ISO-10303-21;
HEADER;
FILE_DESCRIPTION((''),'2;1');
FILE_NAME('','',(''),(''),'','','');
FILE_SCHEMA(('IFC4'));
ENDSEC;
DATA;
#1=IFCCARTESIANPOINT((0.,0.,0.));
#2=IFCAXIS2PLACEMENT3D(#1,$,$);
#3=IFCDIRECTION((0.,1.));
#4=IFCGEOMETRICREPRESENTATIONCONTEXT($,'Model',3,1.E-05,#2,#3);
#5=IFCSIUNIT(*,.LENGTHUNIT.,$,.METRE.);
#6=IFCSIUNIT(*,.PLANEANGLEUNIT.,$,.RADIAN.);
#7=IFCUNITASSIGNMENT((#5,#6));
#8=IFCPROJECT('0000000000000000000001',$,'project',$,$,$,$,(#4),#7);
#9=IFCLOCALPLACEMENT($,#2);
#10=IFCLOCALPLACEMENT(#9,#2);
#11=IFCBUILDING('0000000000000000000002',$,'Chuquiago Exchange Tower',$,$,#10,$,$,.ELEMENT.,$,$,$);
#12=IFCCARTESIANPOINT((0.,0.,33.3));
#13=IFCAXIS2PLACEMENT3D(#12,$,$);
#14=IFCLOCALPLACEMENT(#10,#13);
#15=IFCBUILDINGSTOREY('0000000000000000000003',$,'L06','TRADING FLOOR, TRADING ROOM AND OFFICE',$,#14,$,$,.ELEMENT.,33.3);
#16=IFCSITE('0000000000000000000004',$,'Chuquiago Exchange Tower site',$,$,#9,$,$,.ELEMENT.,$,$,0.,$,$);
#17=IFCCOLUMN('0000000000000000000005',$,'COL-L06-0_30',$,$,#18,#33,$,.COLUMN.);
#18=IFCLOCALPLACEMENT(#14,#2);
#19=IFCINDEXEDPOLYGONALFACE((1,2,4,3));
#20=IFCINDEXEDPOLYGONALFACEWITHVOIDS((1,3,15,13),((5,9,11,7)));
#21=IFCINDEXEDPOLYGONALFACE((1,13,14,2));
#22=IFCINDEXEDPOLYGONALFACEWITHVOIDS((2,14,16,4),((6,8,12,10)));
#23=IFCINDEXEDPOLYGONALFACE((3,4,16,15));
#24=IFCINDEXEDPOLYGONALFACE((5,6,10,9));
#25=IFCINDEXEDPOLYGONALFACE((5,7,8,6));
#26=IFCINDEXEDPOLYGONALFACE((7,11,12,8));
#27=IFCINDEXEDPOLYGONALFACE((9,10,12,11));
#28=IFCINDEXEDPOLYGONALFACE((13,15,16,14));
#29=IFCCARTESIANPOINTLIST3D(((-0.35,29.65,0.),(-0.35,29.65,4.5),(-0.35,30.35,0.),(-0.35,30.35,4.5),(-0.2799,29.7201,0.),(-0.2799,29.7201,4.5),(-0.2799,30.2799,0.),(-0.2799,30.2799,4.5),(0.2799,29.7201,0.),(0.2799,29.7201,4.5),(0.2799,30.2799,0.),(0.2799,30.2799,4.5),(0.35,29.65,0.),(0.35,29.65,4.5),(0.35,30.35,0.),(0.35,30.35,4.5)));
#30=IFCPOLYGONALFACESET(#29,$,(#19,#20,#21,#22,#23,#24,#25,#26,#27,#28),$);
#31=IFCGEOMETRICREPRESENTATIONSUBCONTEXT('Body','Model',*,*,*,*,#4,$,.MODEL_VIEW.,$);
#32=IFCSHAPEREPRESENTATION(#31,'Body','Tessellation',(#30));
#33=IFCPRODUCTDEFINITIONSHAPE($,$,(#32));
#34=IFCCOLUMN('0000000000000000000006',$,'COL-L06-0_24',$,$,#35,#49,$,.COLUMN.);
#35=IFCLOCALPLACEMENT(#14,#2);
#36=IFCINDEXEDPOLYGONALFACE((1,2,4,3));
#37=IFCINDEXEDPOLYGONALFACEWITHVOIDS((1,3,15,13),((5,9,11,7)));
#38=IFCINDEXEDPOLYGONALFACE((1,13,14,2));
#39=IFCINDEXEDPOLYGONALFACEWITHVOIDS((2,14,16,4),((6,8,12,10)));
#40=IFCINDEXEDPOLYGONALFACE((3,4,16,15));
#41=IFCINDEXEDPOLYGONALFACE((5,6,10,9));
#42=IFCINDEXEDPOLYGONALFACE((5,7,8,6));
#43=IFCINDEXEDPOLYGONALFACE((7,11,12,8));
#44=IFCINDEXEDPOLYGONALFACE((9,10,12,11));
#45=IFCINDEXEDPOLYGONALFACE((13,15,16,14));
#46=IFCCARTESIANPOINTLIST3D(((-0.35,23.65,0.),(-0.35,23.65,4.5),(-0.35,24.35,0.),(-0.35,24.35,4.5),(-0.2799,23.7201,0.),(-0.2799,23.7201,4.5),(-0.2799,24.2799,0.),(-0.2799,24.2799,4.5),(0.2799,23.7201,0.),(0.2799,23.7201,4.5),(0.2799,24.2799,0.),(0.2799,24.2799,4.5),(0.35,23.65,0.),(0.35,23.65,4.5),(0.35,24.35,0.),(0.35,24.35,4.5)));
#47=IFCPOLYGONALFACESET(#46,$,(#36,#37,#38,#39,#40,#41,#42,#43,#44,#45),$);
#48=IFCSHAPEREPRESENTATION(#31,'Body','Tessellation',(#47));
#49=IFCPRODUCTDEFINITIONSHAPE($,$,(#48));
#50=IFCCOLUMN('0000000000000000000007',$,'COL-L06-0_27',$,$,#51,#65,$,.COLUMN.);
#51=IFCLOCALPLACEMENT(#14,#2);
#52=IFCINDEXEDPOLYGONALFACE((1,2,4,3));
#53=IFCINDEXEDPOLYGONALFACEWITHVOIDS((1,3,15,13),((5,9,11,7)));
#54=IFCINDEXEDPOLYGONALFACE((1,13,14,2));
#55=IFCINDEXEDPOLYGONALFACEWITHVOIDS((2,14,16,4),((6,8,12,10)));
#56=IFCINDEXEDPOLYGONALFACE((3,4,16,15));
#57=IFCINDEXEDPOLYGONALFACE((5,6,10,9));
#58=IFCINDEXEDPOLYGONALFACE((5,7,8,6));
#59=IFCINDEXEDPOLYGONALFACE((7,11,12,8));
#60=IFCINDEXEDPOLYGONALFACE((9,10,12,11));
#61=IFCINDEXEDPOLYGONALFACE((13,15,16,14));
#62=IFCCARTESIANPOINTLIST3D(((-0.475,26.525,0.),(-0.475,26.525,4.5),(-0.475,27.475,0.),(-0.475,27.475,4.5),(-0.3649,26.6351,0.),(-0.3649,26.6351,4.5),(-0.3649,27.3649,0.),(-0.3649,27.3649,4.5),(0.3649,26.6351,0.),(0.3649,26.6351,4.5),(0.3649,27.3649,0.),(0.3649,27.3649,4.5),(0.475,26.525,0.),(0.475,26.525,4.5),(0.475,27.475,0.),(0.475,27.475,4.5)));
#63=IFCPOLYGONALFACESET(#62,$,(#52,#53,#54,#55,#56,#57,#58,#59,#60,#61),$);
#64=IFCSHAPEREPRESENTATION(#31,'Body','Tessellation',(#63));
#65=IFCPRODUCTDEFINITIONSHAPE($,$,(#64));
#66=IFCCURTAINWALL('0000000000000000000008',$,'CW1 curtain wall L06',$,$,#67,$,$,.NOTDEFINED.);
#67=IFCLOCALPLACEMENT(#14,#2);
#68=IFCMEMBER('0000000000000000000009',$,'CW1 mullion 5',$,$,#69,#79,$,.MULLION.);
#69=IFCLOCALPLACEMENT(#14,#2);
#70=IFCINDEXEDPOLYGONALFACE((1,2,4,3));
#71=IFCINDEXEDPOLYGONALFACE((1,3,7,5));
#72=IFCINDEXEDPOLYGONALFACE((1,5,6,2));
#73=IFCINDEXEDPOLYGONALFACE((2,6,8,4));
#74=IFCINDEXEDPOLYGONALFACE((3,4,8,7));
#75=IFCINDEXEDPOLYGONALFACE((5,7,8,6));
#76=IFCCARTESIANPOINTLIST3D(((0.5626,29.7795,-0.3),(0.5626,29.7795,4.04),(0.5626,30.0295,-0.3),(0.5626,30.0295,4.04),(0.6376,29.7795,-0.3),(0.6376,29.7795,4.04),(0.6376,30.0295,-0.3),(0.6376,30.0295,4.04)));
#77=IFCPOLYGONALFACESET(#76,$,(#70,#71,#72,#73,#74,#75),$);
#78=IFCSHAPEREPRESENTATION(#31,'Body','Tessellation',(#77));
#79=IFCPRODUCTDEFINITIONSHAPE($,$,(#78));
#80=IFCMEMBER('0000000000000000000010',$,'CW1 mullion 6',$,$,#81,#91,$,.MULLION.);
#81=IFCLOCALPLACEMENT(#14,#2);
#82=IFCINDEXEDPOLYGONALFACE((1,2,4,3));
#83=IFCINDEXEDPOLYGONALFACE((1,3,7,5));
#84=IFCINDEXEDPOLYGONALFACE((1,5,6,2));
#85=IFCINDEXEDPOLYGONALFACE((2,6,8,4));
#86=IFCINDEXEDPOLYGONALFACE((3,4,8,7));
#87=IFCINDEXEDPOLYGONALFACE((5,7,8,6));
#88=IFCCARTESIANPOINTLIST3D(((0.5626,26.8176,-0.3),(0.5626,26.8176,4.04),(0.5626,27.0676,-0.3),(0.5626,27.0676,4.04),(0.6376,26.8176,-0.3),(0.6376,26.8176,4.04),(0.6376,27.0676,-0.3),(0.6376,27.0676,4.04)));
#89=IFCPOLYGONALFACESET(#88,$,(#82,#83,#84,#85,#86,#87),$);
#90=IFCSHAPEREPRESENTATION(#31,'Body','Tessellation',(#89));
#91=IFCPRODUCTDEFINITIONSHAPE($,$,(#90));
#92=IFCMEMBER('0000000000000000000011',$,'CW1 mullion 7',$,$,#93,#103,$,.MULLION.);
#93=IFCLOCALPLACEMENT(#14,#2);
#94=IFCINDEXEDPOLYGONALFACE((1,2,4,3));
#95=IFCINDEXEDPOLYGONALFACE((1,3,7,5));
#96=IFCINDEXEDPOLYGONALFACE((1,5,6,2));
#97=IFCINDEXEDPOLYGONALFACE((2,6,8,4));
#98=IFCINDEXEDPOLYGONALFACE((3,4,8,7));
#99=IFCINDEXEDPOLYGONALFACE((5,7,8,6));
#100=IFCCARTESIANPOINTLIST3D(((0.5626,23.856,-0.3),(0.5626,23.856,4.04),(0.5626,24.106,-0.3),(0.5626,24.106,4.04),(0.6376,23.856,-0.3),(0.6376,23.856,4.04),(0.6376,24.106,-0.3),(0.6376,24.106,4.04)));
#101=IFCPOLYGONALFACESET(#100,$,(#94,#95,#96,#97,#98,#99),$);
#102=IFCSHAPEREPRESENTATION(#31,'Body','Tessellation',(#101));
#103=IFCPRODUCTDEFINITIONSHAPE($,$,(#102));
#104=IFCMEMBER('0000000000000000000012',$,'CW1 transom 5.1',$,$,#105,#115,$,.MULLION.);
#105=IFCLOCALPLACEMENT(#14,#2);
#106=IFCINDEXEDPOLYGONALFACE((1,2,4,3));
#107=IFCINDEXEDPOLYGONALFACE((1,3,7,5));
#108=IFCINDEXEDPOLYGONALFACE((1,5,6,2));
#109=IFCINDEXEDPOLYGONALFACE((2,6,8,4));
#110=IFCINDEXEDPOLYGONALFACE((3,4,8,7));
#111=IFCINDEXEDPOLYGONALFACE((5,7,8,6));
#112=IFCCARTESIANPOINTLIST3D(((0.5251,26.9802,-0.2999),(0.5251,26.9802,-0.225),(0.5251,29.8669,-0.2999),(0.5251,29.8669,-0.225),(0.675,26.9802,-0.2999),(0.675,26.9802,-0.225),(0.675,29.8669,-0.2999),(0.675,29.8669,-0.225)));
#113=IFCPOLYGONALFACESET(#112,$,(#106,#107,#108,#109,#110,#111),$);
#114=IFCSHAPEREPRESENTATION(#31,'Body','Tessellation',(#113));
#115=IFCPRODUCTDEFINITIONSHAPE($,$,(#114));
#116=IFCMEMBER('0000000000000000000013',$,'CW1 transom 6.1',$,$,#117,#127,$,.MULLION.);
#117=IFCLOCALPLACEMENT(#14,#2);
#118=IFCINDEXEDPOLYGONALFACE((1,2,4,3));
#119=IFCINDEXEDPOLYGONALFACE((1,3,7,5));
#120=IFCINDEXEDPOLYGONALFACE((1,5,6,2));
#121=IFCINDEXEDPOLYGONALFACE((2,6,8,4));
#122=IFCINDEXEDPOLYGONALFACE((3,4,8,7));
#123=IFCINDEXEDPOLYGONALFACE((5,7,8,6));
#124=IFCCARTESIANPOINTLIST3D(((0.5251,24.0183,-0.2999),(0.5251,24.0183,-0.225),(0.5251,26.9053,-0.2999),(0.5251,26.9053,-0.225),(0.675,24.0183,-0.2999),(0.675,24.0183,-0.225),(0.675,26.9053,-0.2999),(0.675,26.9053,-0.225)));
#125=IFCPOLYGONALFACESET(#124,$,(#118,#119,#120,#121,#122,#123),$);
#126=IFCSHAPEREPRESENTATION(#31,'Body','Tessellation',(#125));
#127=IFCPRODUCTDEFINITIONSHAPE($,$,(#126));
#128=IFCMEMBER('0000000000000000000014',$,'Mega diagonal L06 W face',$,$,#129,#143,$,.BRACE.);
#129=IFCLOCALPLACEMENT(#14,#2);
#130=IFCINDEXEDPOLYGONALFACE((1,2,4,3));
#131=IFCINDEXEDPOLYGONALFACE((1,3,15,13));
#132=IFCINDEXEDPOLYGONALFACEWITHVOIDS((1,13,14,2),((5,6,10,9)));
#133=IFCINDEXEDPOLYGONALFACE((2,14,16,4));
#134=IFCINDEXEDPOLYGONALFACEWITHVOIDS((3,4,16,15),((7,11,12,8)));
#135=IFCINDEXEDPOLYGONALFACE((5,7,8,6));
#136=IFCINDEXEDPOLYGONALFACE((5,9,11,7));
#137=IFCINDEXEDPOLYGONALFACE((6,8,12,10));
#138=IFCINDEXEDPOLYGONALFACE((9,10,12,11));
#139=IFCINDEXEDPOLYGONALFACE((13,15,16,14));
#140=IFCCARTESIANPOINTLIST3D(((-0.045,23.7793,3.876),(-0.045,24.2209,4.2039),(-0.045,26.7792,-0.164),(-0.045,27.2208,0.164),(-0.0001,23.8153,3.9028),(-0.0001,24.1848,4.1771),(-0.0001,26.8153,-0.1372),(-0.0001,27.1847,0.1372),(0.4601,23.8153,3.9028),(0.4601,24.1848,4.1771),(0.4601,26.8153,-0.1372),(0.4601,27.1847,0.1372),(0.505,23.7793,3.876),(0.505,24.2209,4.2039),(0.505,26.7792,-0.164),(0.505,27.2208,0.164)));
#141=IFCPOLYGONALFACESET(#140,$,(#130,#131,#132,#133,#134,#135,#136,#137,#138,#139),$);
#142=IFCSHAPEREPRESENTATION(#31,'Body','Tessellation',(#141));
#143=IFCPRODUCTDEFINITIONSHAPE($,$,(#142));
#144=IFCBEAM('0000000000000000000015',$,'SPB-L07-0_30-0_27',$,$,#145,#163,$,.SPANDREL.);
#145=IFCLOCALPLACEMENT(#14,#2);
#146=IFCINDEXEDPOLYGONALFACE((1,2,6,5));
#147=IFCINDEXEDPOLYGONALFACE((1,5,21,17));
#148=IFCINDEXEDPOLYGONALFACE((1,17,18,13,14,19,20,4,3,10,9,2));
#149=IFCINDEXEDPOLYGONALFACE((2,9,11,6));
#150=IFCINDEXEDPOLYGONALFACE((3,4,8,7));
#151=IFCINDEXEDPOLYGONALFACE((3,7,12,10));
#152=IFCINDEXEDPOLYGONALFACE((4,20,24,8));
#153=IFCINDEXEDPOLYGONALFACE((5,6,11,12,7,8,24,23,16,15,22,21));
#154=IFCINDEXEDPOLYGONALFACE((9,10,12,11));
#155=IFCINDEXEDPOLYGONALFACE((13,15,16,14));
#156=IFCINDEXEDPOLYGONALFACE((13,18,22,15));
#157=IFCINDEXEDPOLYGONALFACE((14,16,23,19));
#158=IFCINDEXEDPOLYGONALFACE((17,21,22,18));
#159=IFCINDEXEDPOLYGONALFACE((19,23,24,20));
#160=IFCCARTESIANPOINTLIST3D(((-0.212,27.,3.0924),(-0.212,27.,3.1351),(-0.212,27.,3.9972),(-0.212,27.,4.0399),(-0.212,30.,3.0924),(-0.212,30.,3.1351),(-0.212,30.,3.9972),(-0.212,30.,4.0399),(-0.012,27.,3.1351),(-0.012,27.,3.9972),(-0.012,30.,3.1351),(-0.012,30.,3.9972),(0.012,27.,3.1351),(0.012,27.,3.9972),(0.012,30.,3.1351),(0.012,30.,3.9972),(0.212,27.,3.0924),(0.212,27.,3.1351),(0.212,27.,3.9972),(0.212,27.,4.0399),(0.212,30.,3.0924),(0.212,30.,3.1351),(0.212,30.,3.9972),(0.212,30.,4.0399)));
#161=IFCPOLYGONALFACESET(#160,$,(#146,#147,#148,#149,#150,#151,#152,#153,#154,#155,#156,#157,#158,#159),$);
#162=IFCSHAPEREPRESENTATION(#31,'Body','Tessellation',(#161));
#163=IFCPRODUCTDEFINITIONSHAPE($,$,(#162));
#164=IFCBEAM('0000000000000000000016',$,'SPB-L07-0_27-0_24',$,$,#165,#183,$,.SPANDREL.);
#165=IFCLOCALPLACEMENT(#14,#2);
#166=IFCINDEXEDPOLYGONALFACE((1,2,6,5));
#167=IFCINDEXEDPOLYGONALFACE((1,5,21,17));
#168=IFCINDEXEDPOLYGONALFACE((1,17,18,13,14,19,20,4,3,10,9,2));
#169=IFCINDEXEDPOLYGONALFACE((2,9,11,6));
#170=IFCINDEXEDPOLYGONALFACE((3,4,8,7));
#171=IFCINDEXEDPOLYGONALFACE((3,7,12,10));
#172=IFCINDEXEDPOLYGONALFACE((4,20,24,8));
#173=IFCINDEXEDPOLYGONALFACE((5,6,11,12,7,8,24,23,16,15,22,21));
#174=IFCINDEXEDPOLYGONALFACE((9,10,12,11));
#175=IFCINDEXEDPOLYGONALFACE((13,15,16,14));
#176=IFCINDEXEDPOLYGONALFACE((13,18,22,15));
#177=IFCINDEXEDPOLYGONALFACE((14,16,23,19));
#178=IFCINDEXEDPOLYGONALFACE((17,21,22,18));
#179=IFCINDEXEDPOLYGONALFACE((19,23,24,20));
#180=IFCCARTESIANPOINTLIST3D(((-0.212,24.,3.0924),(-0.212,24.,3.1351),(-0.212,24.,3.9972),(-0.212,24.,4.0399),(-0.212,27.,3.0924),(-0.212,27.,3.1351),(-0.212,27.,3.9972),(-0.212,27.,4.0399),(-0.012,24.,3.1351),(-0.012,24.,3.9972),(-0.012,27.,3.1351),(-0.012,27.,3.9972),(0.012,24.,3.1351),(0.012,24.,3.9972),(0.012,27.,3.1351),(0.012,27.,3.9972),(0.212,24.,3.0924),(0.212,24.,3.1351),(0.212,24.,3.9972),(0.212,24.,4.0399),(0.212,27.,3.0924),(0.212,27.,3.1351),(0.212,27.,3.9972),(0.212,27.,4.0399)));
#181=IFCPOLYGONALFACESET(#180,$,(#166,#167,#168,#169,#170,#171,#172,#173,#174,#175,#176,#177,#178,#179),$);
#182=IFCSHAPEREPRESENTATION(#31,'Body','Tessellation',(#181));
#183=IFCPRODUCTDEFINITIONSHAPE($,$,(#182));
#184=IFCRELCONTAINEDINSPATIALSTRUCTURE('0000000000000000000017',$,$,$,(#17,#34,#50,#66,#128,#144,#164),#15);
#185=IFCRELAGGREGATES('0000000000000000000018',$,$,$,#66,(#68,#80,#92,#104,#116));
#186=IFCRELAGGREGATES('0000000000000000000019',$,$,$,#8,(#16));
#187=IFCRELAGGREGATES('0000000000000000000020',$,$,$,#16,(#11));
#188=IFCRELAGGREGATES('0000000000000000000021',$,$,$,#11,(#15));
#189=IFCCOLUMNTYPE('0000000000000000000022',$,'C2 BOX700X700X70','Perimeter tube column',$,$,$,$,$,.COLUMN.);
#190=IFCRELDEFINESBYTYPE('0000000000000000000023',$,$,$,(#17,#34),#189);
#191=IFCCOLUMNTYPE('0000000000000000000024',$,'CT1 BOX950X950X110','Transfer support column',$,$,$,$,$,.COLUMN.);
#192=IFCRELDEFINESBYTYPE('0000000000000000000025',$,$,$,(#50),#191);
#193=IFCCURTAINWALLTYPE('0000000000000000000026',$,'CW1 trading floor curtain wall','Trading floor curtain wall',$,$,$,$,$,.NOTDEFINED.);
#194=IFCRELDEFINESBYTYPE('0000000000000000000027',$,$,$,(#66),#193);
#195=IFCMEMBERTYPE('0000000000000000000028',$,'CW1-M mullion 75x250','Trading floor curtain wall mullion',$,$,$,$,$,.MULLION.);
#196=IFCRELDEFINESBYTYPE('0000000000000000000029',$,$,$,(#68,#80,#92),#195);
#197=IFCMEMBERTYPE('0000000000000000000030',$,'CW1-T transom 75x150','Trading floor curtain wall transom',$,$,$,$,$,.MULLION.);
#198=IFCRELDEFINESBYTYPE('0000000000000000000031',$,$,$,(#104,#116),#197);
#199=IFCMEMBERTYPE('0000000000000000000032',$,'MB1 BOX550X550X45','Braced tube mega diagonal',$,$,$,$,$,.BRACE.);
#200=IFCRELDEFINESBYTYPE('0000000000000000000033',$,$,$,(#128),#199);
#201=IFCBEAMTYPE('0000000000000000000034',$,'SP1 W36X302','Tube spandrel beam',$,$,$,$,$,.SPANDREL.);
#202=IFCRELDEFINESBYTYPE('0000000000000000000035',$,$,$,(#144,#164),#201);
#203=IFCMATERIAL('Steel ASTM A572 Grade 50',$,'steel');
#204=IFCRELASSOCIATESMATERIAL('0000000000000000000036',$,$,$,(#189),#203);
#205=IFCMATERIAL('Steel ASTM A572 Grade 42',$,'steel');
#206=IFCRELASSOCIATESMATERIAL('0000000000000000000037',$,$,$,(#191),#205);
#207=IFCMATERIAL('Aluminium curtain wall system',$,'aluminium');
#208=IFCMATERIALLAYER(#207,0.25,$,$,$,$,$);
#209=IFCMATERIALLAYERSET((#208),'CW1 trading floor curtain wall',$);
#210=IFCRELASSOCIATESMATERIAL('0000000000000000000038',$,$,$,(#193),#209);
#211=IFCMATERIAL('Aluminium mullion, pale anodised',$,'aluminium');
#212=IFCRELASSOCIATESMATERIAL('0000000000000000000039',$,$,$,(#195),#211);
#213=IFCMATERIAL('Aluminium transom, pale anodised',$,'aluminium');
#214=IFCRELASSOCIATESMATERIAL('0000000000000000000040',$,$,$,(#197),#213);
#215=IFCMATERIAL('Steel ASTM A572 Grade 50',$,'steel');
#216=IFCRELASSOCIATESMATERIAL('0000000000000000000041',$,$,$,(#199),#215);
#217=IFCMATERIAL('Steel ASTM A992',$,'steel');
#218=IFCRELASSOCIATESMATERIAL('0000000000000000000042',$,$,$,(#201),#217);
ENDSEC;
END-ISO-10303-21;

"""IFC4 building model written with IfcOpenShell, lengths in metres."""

from ifc_helpers import new_model, si_unit, direction, frame, origin, origin_2d, place, context, subcontext, project, spatial, rectangle, hollow_rectangle, i_section, extrude, material, layer, layer_set, material_profile, profile_set, type_object, element, aggregate, save


model = new_model("IFC4")

# Units and contexts
model_context = context("Model", 3, precision=1e-05, world=origin(), true_north=direction((0.0, 1.0)))
body_context = subcontext(model_context, "Body", "Model", "MODEL_VIEW")
ifc_project = project(units=[si_unit("LENGTHUNIT", "METRE"), si_unit("PLANEANGLEUNIT", "RADIAN")], contexts=[model_context])

# Site, building, storey
site_placement = place(None, origin())
site = spatial("IfcSite", under=ifc_project, at=site_placement, Name="Chuquiago Exchange Tower site", CompositionType="ELEMENT", RefElevation=0.0)
building_placement = place(site_placement, origin())
building = spatial("IfcBuilding", under=site, at=building_placement, Name="Chuquiago Exchange Tower", CompositionType="ELEMENT")
storey_placement = place(building_placement, frame((0.0, 0.0, 33.3)))
storey = spatial("IfcBuildingStorey", under=building, at=storey_placement, Name="L06", Description="TRADING FLOOR, TRADING ROOM AND OFFICE", CompositionType="ELEMENT", Elevation=33.3)

# Columns
ifc_material_1 = material(Name="Steel ASTM A572 Grade 50", Category="steel")
ifc_material_profile_1 = material_profile(ifc_material_1, hollow_rectangle(XDim=0.7, YDim=0.7, WallThickness=0.0701, at=origin_2d()), Name="BOX700X700X70")
ifc_profile_set_1 = profile_set([ifc_material_profile_1], Name="Steel ASTM A572 Grade 50")
column_type_1 = type_object("IfcColumnType", Name="C2 BOX700X700X70", Description="Perimeter tube column", PredefinedType="COLUMN", material=ifc_profile_set_1)
for number, where, z_axis, x_axis, name in (
    (1, (0.0, 30.0, 0.0), (0.0, 0.0, 1.0), (-1.0, 0.0, 0.0), "COL-L06-0_30"),
    (2, (0.0, 24.0, 0.0), (0.0, 0.0, 1.0), (-1.0, 0.0, 0.0), "COL-L06-0_24"),
):
    element("IfcColumn", number, at=place(storey_placement, frame(where, z_axis=z_axis, x_axis=x_axis)), inside=storey, type_object=column_type_1, Name=name, PredefinedType="COLUMN", context=body_context, shape_type="SweptSolid", body=[
        extrude(hollow_rectangle(XDim=0.7, YDim=0.7, WallThickness=0.0701, at=origin_2d()), origin(), (0.0, 0.0, 1.0), 4.5),
    ])
ifc_material_2 = material(Name="Steel ASTM A572 Grade 42", Category="steel")
ifc_material_profile_2 = material_profile(ifc_material_2, hollow_rectangle(XDim=0.95, YDim=0.95, WallThickness=0.1101, at=origin_2d()), Name="BOX950X950X110")
ifc_profile_set_2 = profile_set([ifc_material_profile_2], Name="Steel ASTM A572 Grade 42")
column_type_2 = type_object("IfcColumnType", Name="CT1 BOX950X950X110", Description="Transfer support column", PredefinedType="COLUMN", material=ifc_profile_set_2)
column_placement = place(storey_placement, frame((0.0, 27.0, 0.0), z_axis=(0.0, 0.0, 1.0), x_axis=(-1.0, 0.0, 0.0)))
element("IfcColumn", 3, at=column_placement, inside=storey, type_object=column_type_2, Name="COL-L06-0_27", PredefinedType="COLUMN", context=body_context, shape_type="SweptSolid", body=[
    extrude(hollow_rectangle(XDim=0.95, YDim=0.95, WallThickness=0.1101, at=origin_2d()), origin(), (0.0, 0.0, 1.0), 4.5),
])

# Curtain wall, members
ifc_material_3 = material(Name="Aluminium curtain wall system", Category="aluminium")
ifc_layer_1 = layer(ifc_material_3, 0.25)
ifc_layer_set_1 = layer_set([ifc_layer_1], Name="CW1 trading floor curtain wall")
curtain_wall_type = type_object("IfcCurtainWallType", Name="CW1 trading floor curtain wall", Description="Trading floor curtain wall", PredefinedType="NOTDEFINED", material=ifc_layer_set_1)
curtain_wall_placement = place(storey_placement, origin())
curtain_wall = element("IfcCurtainWall", 4, at=curtain_wall_placement, inside=storey, type_object=curtain_wall_type, Name="CW1 curtain wall L06", PredefinedType="NOTDEFINED")
ifc_material_4 = material(Name="Aluminium mullion, pale anodised", Category="aluminium")
ifc_material_profile_3 = material_profile(ifc_material_4, rectangle(XDim=0.075, YDim=0.25, at=origin_2d()), Name="AL 75x250")
ifc_profile_set_3 = profile_set([ifc_material_profile_3], Name="Aluminium mullion, pale anodised")
member_type_1 = type_object("IfcMemberType", Name="CW1-M mullion 75x250", Description="Trading floor curtain wall mullion", PredefinedType="MULLION", material=ifc_profile_set_3)
member_1_placement = place(storey_placement, frame((0.6001, 29.9045, -0.3), z_axis=(0.0, 0.0, 1.0), x_axis=(1.0, 0.0, 0.0)))
member_1 = element("IfcMember", 5, at=member_1_placement, type_object=member_type_1, Name="CW1 mullion 5", PredefinedType="MULLION", context=body_context, shape_type="SweptSolid", body=[
    extrude(rectangle(XDim=0.075, YDim=0.25, at=origin_2d()), origin(), (0.0, 0.0, 1.0), 4.3401),
])
member_2_placement = place(storey_placement, frame((0.6001, 26.9426, -0.3), z_axis=(0.0, 0.0, 1.0), x_axis=(1.0, 0.0, 0.0)))
member_2 = element("IfcMember", 6, at=member_2_placement, type_object=member_type_1, Name="CW1 mullion 6", PredefinedType="MULLION", context=body_context, shape_type="SweptSolid", body=[
    extrude(rectangle(XDim=0.075, YDim=0.25, at=origin_2d()), origin(), (0.0, 0.0, 1.0), 4.3401),
])
member_3_placement = place(storey_placement, frame((0.6001, 23.981, -0.3), z_axis=(0.0, 0.0, 1.0), x_axis=(1.0, 0.0, 0.0)))
member_3 = element("IfcMember", 7, at=member_3_placement, type_object=member_type_1, Name="CW1 mullion 7", PredefinedType="MULLION", context=body_context, shape_type="SweptSolid", body=[
    extrude(rectangle(XDim=0.075, YDim=0.25, at=origin_2d()), origin(), (0.0, 0.0, 1.0), 4.3401),
])
ifc_material_5 = material(Name="Aluminium transom, pale anodised", Category="aluminium")
ifc_material_profile_4 = material_profile(ifc_material_5, rectangle(XDim=0.1499, YDim=0.075, at=origin_2d()), Name="AL 150x75")
ifc_profile_set_4 = profile_set([ifc_material_profile_4], Name="Aluminium transom, pale anodised")
member_type_2 = type_object("IfcMemberType", Name="CW1-T transom 75x150", Description="Trading floor curtain wall transom", PredefinedType="MULLION", material=ifc_profile_set_4)
member_4_placement = place(storey_placement, frame((0.6001, 29.8669, -0.2625), z_axis=(0.0, -1.0, 0.0), x_axis=(1.0, 0.0, 0.0)))
member_4 = element("IfcMember", 8, at=member_4_placement, type_object=member_type_2, Name="CW1 transom 5.1", PredefinedType="MULLION", context=body_context, shape_type="SweptSolid", body=[
    extrude(rectangle(XDim=0.1499, YDim=0.075, at=origin_2d()), origin(), (0.0, 0.0, 1.0), 2.8867),
])
member_5_placement = place(storey_placement, frame((0.6001, 26.9053, -0.2625), z_axis=(0.0, -1.0, 0.0), x_axis=(1.0, 0.0, 0.0)))
member_5 = element("IfcMember", 9, at=member_5_placement, type_object=member_type_2, Name="CW1 transom 6.1", PredefinedType="MULLION", context=body_context, shape_type="SweptSolid", body=[
    extrude(rectangle(XDim=0.1499, YDim=0.075, at=origin_2d()), origin(), (0.0, 0.0, 1.0), 2.887),
])

# Member
ifc_material_6 = material(Name="Steel ASTM A572 Grade 50", Category="steel")
ifc_material_profile_5 = material_profile(ifc_material_6, hollow_rectangle(XDim=0.55, YDim=0.55, WallThickness=0.0449, at=origin_2d()), Name="BOX550X550X45")
ifc_profile_set_5 = profile_set([ifc_material_profile_5], Name="Steel ASTM A572 Grade 50")
member_type_3 = type_object("IfcMemberType", Name="MB1 BOX550X550X45", Description="Braced tube mega diagonal", PredefinedType="BRACE", material=ifc_profile_set_5)
member_6_placement = place(storey_placement, frame((0.23, 27.0, 0.0), z_axis=(0.0, -0.596174, 0.802855), x_axis=(1.0, 0.0, 0.0)))
element("IfcMember", 10, at=member_6_placement, inside=storey, type_object=member_type_3, Name="Mega diagonal L06 W face", PredefinedType="BRACE", context=body_context, shape_type="SweptSolid", body=[
    extrude(hollow_rectangle(XDim=0.55, YDim=0.55, WallThickness=0.0449, at=origin_2d()), origin(), (0.0, 0.0, 1.0), 5.032),
])

# Beams
ifc_material_7 = material(Name="Steel ASTM A992", Category="steel")
ifc_material_profile_6 = material_profile(ifc_material_7, i_section(OverallWidth=0.4241, OverallDepth=0.9475, WebThickness=0.0239, FlangeThickness=0.0427, at=origin_2d()), Name="W36X302")
ifc_profile_set_6 = profile_set([ifc_material_profile_6], Name="Steel ASTM A992")
beam_type = type_object("IfcBeamType", Name="SP1 W36X302", Description="Tube spandrel beam", PredefinedType="SPANDREL", material=ifc_profile_set_6)
for number, where, z_axis, x_axis, name in (
    (11, (0.0, 30.0, 3.5662), (0.0, -1.0, 0.0), (1.0, 0.0, 0.0), "SPB-L07-0_30-0_27"),
    (12, (0.0, 27.0, 3.5662), (0.0, -1.0, 0.0), (1.0, 0.0, 0.0), "SPB-L07-0_27-0_24"),
):
    element("IfcBeam", number, at=place(storey_placement, frame(where, z_axis=z_axis, x_axis=x_axis)), inside=storey, type_object=beam_type, Name=name, PredefinedType="SPANDREL", context=body_context, shape_type="SweptSolid", body=[
        extrude(i_section(OverallWidth=0.4241, OverallDepth=0.9475, WebThickness=0.0239, FlangeThickness=0.0427, at=origin_2d()), origin(), (0.0, 0.0, 1.0), 3.0),
    ])

aggregate(curtain_wall, [member_1, member_2, member_3, member_4, member_5])

save(model, "model.ifc")
